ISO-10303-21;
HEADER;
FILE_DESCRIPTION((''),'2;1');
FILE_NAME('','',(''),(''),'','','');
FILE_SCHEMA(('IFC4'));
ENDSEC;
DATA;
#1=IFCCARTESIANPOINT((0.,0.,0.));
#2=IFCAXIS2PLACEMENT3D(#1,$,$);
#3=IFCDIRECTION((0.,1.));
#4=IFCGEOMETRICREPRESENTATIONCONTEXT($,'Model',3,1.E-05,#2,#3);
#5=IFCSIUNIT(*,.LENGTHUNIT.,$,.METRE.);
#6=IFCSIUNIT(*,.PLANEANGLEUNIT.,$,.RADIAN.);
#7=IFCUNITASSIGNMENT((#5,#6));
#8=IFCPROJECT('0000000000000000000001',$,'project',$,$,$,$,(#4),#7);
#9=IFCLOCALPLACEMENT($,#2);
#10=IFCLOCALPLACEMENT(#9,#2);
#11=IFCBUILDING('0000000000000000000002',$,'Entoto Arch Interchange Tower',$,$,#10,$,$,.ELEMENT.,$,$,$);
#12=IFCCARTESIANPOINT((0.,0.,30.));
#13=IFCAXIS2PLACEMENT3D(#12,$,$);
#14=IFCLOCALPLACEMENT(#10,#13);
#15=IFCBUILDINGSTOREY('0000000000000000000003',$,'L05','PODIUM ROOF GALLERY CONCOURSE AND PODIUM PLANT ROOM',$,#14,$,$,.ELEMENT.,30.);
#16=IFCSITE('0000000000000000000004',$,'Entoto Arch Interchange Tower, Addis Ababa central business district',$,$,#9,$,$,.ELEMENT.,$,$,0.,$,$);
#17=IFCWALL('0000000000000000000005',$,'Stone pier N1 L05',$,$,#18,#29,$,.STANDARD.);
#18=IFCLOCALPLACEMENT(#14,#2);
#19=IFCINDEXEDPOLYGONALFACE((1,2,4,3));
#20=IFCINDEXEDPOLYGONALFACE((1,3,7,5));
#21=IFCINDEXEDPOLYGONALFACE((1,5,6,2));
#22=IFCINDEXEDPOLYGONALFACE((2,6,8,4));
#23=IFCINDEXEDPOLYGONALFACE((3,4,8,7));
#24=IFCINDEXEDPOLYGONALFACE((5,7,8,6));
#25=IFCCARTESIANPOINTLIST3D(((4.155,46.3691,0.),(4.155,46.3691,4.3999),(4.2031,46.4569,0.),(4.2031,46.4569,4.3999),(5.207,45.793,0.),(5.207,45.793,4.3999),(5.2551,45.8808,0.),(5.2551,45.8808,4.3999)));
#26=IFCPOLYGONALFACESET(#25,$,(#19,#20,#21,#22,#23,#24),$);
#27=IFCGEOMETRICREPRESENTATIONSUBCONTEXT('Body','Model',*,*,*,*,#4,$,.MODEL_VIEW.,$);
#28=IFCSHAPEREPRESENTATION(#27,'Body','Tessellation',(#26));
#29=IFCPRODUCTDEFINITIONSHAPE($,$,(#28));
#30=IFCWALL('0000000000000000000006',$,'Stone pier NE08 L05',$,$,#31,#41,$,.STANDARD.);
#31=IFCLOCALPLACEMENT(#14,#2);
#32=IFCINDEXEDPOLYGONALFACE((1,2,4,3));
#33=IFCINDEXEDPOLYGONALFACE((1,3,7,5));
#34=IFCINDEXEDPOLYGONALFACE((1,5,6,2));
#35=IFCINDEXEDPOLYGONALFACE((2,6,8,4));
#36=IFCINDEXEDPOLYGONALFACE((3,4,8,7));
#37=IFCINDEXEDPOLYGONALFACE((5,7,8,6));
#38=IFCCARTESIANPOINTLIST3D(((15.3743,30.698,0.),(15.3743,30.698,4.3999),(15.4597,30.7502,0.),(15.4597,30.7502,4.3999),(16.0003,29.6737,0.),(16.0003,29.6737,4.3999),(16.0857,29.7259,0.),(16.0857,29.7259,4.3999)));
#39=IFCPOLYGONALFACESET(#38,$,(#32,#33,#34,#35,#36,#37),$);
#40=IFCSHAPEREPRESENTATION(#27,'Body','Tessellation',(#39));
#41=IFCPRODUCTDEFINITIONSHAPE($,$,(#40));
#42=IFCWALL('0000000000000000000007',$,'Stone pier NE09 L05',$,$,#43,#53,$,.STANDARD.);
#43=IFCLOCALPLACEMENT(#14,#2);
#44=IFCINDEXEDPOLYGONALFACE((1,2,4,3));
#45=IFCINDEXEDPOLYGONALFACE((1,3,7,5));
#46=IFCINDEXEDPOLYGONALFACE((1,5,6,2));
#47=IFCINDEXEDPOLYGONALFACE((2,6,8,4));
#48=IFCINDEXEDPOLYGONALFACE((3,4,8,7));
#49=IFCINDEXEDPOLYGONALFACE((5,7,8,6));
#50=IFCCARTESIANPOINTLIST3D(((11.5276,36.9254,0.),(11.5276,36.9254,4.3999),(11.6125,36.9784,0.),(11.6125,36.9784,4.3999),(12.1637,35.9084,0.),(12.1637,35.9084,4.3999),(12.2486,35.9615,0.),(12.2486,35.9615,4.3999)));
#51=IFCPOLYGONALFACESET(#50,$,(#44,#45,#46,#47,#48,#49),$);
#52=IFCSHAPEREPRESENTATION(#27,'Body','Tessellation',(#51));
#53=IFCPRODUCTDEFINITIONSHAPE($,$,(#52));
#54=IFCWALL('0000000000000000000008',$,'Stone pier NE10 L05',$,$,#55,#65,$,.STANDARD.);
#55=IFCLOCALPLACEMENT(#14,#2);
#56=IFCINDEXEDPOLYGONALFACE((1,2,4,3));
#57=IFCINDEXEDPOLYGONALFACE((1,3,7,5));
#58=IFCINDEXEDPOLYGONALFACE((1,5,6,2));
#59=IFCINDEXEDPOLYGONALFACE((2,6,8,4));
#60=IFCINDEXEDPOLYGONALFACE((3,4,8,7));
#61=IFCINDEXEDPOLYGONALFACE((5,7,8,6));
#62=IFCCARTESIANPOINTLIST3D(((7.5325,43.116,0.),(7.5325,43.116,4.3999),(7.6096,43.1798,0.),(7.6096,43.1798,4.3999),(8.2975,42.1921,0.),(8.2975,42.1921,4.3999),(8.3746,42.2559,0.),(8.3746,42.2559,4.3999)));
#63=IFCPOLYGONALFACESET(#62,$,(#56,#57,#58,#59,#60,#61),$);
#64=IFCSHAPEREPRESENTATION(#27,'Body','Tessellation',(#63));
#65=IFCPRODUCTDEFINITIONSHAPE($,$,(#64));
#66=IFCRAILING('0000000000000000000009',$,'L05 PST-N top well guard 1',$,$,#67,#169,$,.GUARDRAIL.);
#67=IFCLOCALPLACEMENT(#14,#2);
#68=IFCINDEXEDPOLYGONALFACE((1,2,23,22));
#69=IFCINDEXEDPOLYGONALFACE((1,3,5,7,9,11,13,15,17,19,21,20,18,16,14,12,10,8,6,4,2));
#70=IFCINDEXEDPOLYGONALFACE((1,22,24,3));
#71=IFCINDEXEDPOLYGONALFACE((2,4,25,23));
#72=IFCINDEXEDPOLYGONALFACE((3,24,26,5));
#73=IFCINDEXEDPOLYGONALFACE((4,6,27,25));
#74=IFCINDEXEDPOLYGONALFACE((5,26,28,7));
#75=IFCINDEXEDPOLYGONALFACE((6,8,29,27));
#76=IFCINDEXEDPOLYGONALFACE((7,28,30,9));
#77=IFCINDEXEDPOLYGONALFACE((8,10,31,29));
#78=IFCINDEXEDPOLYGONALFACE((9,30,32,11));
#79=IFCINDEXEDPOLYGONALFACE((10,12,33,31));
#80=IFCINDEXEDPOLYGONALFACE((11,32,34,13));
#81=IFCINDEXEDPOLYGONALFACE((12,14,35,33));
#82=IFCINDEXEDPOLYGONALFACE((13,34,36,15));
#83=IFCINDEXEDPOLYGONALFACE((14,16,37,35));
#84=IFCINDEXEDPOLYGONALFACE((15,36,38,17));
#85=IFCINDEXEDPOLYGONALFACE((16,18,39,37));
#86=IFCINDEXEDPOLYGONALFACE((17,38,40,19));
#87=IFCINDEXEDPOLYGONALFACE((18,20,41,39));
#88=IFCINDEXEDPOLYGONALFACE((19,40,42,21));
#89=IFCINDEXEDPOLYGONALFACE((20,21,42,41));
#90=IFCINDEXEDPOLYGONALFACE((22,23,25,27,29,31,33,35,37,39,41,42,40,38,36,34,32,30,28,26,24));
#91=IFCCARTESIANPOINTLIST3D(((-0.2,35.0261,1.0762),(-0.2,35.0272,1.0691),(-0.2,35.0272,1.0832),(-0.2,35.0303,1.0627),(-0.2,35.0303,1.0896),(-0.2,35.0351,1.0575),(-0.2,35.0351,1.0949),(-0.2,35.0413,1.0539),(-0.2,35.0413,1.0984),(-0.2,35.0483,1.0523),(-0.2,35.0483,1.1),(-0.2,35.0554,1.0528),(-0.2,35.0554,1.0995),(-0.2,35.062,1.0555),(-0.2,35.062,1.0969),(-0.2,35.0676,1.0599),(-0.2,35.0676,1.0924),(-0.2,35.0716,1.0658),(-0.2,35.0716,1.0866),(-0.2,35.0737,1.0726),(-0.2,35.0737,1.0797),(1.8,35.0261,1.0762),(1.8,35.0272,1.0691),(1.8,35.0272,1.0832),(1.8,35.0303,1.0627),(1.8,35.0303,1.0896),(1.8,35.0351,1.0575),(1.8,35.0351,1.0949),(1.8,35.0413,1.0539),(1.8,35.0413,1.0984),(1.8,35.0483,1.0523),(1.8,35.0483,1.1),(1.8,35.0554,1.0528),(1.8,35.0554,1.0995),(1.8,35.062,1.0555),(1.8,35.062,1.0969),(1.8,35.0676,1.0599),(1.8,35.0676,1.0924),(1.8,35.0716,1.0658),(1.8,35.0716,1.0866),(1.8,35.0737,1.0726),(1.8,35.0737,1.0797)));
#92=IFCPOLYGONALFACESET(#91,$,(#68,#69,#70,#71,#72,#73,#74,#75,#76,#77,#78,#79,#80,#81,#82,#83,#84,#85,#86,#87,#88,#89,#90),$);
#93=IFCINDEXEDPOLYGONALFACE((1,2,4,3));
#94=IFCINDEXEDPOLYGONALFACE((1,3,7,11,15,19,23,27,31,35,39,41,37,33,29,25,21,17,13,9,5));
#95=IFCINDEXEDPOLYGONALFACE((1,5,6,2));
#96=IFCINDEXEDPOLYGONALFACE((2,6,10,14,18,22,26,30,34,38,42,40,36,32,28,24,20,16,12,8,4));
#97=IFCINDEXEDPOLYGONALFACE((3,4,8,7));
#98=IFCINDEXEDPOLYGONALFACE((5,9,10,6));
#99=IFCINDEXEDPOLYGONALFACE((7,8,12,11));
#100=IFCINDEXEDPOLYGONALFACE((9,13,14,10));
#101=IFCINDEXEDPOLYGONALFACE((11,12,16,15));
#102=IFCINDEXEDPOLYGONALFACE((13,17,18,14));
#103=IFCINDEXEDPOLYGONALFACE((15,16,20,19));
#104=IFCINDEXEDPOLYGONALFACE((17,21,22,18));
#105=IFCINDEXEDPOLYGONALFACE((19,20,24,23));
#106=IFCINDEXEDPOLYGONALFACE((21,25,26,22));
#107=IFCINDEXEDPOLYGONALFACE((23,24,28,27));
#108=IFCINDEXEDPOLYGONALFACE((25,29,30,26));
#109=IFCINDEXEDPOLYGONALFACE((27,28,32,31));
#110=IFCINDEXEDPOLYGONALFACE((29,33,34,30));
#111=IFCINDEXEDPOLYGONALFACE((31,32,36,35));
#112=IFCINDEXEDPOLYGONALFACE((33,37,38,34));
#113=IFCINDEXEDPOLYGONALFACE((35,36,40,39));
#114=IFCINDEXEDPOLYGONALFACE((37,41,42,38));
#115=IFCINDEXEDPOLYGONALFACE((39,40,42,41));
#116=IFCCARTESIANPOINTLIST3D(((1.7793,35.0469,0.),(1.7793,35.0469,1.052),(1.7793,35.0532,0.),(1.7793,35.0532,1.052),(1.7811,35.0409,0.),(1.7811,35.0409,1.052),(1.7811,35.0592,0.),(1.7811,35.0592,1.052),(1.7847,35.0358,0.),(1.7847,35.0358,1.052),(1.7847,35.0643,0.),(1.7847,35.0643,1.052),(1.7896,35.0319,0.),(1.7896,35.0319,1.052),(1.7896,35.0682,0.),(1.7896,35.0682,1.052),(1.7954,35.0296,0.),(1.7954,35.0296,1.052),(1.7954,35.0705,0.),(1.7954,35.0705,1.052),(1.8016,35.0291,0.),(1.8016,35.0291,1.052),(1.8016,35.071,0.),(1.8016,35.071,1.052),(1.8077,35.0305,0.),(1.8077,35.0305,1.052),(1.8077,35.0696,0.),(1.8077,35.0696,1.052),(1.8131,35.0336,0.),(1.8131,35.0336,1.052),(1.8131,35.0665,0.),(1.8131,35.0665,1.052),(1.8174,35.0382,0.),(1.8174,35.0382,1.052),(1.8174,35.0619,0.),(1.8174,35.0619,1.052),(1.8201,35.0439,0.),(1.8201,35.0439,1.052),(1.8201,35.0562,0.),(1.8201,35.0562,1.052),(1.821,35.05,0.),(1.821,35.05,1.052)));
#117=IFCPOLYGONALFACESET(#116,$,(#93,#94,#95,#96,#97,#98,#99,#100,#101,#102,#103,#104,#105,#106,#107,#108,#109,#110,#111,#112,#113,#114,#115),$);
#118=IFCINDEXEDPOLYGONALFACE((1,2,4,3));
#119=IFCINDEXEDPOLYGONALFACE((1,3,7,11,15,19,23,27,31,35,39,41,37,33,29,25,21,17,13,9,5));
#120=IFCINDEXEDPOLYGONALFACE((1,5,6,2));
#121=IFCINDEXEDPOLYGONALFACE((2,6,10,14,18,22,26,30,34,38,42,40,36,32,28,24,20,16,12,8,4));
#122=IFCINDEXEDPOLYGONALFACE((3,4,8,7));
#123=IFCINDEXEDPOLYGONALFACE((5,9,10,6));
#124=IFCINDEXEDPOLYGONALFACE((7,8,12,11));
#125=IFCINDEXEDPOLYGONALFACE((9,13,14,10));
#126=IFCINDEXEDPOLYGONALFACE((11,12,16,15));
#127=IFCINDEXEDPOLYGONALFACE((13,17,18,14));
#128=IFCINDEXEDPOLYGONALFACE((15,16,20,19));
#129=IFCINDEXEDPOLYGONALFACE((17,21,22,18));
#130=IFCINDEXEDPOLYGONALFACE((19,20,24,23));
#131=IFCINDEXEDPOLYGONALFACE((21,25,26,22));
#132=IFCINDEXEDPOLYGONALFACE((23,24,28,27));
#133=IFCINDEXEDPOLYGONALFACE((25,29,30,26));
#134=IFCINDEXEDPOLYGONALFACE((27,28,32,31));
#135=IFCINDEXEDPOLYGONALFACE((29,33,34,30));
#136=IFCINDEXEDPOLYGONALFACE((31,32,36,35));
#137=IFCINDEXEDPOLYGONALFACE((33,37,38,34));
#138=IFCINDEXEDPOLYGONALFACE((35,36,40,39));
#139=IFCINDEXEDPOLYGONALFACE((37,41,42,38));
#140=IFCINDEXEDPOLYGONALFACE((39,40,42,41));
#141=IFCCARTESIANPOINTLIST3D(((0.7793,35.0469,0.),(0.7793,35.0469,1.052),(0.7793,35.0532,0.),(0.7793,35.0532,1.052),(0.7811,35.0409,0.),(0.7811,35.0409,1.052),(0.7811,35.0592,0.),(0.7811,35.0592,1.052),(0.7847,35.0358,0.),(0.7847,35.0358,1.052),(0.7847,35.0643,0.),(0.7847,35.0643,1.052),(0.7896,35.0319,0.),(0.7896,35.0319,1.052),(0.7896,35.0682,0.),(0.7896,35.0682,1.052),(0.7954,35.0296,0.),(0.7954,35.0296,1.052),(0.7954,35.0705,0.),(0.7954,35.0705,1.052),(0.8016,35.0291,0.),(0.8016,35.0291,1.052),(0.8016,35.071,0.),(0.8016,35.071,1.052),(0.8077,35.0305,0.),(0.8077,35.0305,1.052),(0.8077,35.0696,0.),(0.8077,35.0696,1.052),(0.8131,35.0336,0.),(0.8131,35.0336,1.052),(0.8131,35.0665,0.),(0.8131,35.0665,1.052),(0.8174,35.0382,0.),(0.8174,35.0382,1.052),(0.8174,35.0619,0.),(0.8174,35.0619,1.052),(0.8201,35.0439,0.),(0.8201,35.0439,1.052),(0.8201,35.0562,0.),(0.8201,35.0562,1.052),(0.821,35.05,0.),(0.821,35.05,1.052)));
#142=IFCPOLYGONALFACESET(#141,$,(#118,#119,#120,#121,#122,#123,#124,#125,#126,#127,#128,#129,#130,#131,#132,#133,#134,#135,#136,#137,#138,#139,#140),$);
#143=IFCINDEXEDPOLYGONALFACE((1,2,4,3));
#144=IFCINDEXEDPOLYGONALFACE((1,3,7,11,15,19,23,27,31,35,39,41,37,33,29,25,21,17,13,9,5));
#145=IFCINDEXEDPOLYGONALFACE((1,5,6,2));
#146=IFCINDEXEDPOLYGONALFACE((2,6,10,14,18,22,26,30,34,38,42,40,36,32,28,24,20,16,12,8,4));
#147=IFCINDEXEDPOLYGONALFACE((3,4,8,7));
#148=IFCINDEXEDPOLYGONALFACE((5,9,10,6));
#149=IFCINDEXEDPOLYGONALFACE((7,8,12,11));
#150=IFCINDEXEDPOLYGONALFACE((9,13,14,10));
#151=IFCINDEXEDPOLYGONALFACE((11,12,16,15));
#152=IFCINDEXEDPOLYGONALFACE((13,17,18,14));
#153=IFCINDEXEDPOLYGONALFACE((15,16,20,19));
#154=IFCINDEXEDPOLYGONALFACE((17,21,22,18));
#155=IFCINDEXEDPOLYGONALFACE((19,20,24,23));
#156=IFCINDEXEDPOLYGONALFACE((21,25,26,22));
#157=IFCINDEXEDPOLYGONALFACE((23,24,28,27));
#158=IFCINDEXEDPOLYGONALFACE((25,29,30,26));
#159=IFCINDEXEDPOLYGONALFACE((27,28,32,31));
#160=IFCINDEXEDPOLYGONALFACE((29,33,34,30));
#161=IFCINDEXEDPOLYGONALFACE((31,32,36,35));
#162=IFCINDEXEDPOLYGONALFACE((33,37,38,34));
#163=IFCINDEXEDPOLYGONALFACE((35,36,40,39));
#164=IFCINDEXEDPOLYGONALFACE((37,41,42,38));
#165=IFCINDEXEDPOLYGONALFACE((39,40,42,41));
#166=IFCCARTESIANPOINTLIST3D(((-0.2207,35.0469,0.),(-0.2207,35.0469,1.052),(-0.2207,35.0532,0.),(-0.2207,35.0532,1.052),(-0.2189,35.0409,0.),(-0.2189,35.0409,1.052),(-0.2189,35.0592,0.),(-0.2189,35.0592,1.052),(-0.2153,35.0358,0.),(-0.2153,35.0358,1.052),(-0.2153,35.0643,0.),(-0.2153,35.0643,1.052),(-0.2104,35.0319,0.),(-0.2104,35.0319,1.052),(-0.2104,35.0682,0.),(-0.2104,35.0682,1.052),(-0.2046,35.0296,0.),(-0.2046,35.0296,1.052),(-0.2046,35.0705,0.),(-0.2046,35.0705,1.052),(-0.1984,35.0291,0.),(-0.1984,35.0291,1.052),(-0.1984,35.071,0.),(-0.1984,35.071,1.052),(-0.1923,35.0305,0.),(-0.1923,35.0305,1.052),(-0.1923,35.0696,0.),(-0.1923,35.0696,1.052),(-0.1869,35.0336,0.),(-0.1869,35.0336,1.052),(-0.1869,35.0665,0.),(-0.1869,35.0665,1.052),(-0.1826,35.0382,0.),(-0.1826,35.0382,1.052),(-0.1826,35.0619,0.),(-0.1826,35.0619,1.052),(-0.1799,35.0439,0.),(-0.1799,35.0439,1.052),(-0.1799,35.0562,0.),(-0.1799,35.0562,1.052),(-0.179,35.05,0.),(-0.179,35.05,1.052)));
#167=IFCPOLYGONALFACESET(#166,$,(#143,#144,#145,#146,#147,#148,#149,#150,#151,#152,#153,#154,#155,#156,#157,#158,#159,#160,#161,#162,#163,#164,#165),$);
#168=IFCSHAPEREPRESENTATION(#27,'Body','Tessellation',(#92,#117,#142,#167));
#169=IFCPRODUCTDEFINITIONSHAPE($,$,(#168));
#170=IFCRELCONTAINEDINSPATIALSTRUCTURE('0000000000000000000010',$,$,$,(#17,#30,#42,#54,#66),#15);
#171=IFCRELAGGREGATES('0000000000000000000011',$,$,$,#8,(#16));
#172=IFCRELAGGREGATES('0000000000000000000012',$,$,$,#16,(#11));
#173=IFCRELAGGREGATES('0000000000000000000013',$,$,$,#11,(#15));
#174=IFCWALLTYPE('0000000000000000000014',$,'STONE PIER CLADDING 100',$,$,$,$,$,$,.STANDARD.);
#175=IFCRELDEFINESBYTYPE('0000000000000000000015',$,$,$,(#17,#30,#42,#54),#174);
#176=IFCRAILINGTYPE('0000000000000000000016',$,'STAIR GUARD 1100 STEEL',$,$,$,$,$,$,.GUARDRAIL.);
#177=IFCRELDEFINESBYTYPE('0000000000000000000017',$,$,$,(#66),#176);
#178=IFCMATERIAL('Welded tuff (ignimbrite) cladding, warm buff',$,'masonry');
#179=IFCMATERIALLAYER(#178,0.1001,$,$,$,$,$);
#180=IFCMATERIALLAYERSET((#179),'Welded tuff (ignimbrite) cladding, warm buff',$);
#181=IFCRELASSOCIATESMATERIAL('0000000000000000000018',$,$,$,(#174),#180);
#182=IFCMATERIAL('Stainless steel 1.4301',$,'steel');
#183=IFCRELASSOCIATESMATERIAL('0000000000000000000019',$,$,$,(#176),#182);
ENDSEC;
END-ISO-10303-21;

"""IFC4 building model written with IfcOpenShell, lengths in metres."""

from ifc_helpers import new_model, si_unit, direction, frame, frame_2d, origin, origin_2d, place, context, subcontext, project, spatial, rectangle, circle, extrude, material, layer, layer_set, type_object, element, save


model = new_model("IFC4")

# Units and contexts
model_context = context("Model", 3, precision=1e-05, world=origin(), true_north=direction((0.0, 1.0)))
body_context = subcontext(model_context, "Body", "Model", "MODEL_VIEW")
ifc_project = project(units=[si_unit("LENGTHUNIT", "METRE"), si_unit("PLANEANGLEUNIT", "RADIAN")], contexts=[model_context])

# Site, building, storey
site_placement = place(None, origin())
site = spatial("IfcSite", under=ifc_project, at=site_placement, Name="Entoto Arch Interchange Tower, Addis Ababa central business district", CompositionType="ELEMENT", RefElevation=0.0)
building_placement = place(site_placement, origin())
building = spatial("IfcBuilding", under=site, at=building_placement, Name="Entoto Arch Interchange Tower", CompositionType="ELEMENT")
storey_placement = place(building_placement, frame((0.0, 0.0, 30.0)))
storey = spatial("IfcBuildingStorey", under=building, at=storey_placement, Name="L05", Description="PODIUM ROOF GALLERY CONCOURSE AND PODIUM PLANT ROOM", CompositionType="ELEMENT", Elevation=30.0)

# Shared definitions
ifc_material_1 = material(Name="Welded tuff (ignimbrite) cladding, warm buff", Category="masonry")

# Walls
ifc_layer_1 = layer(ifc_material_1, 0.1001)
ifc_layer_set_1 = layer_set([ifc_layer_1], Name="Welded tuff (ignimbrite) cladding, warm buff")
wall_type_1 = type_object("IfcWallType", Name="STONE PIER CLADDING 100", PredefinedType="STANDARD", material=ifc_layer_set_1)
wall_1_placement = place(storey_placement, frame((5.231, 45.8369, 0.0), z_axis=(0.0, 0.0, 1.0), x_axis=(-0.87707, 0.480363, 0.0)))
element("IfcWall", 1, at=wall_1_placement, inside=storey, type_object=wall_type_1, Name="Stone pier N1 L05", PredefinedType="STANDARD", context=body_context, shape_type="SweptSolid", body=[
    extrude(rectangle(XDim=1.1995, YDim=0.1001, at=frame_2d((0.5996, 0.0))), origin(), (0.0, 0.0, 1.0), 4.3999),
])
wall_2_placement = place(storey_placement, frame((16.043, 29.7, 0.0), z_axis=(0.0, 0.0, 1.0), x_axis=(-0.521508, 0.853247, 0.0)))
element("IfcWall", 2, at=wall_2_placement, inside=storey, type_object=wall_type_1, Name="Stone pier NE08 L05", PredefinedType="STANDARD", context=body_context, shape_type="SweptSolid", body=[
    extrude(rectangle(XDim=1.2004, YDim=0.1001, at=frame_2d((0.6001, 0.0))), origin(), (0.0, 0.0, 1.0), 4.3999),
])
for number, where, z_axis, x_axis, name in (
    (3, (12.2061, 35.9351, 0.0), (0.0, 0.0, 1.0), (-0.530273, 0.847827, 0.0), "Stone pier NE09 L05"),
    (4, (8.3359, 42.2241, 0.0), (0.0, 0.0, 1.0), (-0.637739, 0.770253, 0.0), "Stone pier NE10 L05"),
):
    element("IfcWall", number, at=place(storey_placement, frame(where, z_axis=z_axis, x_axis=x_axis)), inside=storey, type_object=wall_type_1, Name=name, PredefinedType="STANDARD", context=body_context, shape_type="SweptSolid", body=[
        extrude(rectangle(XDim=1.1995, YDim=0.1001, at=frame_2d((0.5996, 0.0))), origin(), (0.0, 0.0, 1.0), 4.3999),
    ])

# Railing
ifc_material_2 = material(Name="Stainless steel 1.4301", Category="steel")
railing_type = type_object("IfcRailingType", Name="STAIR GUARD 1100 STEEL", PredefinedType="GUARDRAIL", material=ifc_material_2)
railing_placement = place(storey_placement, frame((1.8, 35.05, 0.0)))
element("IfcRailing", 5, at=railing_placement, inside=storey, type_object=railing_type, Name="L05 PST-N top well guard 1", PredefinedType="GUARDRAIL", context=body_context, shape_type="SweptSolid", body=[
    extrude(circle(Radius=0.0239, at=origin_2d()), frame((0.0, 0.0, 1.0762), z_axis=(-1.0, 0.0, 0.0), x_axis=(0.0, -1.0, 0.0)), (0.0, 0.0, 1.0), 2.0),
    extrude(circle(Radius=0.021, at=origin_2d()), origin(), (0.0, 0.0, 1.0), 1.052),
    extrude(circle(Radius=0.021, at=origin_2d()), frame((-1.0, 0.0, 0.0)), (0.0, 0.0, 1.0), 1.052),
    extrude(circle(Radius=0.021, at=origin_2d()), frame((-2.0, 0.0, 0.0)), (0.0, 0.0, 1.0), 1.052),
])

save(model, "model.ifc")
